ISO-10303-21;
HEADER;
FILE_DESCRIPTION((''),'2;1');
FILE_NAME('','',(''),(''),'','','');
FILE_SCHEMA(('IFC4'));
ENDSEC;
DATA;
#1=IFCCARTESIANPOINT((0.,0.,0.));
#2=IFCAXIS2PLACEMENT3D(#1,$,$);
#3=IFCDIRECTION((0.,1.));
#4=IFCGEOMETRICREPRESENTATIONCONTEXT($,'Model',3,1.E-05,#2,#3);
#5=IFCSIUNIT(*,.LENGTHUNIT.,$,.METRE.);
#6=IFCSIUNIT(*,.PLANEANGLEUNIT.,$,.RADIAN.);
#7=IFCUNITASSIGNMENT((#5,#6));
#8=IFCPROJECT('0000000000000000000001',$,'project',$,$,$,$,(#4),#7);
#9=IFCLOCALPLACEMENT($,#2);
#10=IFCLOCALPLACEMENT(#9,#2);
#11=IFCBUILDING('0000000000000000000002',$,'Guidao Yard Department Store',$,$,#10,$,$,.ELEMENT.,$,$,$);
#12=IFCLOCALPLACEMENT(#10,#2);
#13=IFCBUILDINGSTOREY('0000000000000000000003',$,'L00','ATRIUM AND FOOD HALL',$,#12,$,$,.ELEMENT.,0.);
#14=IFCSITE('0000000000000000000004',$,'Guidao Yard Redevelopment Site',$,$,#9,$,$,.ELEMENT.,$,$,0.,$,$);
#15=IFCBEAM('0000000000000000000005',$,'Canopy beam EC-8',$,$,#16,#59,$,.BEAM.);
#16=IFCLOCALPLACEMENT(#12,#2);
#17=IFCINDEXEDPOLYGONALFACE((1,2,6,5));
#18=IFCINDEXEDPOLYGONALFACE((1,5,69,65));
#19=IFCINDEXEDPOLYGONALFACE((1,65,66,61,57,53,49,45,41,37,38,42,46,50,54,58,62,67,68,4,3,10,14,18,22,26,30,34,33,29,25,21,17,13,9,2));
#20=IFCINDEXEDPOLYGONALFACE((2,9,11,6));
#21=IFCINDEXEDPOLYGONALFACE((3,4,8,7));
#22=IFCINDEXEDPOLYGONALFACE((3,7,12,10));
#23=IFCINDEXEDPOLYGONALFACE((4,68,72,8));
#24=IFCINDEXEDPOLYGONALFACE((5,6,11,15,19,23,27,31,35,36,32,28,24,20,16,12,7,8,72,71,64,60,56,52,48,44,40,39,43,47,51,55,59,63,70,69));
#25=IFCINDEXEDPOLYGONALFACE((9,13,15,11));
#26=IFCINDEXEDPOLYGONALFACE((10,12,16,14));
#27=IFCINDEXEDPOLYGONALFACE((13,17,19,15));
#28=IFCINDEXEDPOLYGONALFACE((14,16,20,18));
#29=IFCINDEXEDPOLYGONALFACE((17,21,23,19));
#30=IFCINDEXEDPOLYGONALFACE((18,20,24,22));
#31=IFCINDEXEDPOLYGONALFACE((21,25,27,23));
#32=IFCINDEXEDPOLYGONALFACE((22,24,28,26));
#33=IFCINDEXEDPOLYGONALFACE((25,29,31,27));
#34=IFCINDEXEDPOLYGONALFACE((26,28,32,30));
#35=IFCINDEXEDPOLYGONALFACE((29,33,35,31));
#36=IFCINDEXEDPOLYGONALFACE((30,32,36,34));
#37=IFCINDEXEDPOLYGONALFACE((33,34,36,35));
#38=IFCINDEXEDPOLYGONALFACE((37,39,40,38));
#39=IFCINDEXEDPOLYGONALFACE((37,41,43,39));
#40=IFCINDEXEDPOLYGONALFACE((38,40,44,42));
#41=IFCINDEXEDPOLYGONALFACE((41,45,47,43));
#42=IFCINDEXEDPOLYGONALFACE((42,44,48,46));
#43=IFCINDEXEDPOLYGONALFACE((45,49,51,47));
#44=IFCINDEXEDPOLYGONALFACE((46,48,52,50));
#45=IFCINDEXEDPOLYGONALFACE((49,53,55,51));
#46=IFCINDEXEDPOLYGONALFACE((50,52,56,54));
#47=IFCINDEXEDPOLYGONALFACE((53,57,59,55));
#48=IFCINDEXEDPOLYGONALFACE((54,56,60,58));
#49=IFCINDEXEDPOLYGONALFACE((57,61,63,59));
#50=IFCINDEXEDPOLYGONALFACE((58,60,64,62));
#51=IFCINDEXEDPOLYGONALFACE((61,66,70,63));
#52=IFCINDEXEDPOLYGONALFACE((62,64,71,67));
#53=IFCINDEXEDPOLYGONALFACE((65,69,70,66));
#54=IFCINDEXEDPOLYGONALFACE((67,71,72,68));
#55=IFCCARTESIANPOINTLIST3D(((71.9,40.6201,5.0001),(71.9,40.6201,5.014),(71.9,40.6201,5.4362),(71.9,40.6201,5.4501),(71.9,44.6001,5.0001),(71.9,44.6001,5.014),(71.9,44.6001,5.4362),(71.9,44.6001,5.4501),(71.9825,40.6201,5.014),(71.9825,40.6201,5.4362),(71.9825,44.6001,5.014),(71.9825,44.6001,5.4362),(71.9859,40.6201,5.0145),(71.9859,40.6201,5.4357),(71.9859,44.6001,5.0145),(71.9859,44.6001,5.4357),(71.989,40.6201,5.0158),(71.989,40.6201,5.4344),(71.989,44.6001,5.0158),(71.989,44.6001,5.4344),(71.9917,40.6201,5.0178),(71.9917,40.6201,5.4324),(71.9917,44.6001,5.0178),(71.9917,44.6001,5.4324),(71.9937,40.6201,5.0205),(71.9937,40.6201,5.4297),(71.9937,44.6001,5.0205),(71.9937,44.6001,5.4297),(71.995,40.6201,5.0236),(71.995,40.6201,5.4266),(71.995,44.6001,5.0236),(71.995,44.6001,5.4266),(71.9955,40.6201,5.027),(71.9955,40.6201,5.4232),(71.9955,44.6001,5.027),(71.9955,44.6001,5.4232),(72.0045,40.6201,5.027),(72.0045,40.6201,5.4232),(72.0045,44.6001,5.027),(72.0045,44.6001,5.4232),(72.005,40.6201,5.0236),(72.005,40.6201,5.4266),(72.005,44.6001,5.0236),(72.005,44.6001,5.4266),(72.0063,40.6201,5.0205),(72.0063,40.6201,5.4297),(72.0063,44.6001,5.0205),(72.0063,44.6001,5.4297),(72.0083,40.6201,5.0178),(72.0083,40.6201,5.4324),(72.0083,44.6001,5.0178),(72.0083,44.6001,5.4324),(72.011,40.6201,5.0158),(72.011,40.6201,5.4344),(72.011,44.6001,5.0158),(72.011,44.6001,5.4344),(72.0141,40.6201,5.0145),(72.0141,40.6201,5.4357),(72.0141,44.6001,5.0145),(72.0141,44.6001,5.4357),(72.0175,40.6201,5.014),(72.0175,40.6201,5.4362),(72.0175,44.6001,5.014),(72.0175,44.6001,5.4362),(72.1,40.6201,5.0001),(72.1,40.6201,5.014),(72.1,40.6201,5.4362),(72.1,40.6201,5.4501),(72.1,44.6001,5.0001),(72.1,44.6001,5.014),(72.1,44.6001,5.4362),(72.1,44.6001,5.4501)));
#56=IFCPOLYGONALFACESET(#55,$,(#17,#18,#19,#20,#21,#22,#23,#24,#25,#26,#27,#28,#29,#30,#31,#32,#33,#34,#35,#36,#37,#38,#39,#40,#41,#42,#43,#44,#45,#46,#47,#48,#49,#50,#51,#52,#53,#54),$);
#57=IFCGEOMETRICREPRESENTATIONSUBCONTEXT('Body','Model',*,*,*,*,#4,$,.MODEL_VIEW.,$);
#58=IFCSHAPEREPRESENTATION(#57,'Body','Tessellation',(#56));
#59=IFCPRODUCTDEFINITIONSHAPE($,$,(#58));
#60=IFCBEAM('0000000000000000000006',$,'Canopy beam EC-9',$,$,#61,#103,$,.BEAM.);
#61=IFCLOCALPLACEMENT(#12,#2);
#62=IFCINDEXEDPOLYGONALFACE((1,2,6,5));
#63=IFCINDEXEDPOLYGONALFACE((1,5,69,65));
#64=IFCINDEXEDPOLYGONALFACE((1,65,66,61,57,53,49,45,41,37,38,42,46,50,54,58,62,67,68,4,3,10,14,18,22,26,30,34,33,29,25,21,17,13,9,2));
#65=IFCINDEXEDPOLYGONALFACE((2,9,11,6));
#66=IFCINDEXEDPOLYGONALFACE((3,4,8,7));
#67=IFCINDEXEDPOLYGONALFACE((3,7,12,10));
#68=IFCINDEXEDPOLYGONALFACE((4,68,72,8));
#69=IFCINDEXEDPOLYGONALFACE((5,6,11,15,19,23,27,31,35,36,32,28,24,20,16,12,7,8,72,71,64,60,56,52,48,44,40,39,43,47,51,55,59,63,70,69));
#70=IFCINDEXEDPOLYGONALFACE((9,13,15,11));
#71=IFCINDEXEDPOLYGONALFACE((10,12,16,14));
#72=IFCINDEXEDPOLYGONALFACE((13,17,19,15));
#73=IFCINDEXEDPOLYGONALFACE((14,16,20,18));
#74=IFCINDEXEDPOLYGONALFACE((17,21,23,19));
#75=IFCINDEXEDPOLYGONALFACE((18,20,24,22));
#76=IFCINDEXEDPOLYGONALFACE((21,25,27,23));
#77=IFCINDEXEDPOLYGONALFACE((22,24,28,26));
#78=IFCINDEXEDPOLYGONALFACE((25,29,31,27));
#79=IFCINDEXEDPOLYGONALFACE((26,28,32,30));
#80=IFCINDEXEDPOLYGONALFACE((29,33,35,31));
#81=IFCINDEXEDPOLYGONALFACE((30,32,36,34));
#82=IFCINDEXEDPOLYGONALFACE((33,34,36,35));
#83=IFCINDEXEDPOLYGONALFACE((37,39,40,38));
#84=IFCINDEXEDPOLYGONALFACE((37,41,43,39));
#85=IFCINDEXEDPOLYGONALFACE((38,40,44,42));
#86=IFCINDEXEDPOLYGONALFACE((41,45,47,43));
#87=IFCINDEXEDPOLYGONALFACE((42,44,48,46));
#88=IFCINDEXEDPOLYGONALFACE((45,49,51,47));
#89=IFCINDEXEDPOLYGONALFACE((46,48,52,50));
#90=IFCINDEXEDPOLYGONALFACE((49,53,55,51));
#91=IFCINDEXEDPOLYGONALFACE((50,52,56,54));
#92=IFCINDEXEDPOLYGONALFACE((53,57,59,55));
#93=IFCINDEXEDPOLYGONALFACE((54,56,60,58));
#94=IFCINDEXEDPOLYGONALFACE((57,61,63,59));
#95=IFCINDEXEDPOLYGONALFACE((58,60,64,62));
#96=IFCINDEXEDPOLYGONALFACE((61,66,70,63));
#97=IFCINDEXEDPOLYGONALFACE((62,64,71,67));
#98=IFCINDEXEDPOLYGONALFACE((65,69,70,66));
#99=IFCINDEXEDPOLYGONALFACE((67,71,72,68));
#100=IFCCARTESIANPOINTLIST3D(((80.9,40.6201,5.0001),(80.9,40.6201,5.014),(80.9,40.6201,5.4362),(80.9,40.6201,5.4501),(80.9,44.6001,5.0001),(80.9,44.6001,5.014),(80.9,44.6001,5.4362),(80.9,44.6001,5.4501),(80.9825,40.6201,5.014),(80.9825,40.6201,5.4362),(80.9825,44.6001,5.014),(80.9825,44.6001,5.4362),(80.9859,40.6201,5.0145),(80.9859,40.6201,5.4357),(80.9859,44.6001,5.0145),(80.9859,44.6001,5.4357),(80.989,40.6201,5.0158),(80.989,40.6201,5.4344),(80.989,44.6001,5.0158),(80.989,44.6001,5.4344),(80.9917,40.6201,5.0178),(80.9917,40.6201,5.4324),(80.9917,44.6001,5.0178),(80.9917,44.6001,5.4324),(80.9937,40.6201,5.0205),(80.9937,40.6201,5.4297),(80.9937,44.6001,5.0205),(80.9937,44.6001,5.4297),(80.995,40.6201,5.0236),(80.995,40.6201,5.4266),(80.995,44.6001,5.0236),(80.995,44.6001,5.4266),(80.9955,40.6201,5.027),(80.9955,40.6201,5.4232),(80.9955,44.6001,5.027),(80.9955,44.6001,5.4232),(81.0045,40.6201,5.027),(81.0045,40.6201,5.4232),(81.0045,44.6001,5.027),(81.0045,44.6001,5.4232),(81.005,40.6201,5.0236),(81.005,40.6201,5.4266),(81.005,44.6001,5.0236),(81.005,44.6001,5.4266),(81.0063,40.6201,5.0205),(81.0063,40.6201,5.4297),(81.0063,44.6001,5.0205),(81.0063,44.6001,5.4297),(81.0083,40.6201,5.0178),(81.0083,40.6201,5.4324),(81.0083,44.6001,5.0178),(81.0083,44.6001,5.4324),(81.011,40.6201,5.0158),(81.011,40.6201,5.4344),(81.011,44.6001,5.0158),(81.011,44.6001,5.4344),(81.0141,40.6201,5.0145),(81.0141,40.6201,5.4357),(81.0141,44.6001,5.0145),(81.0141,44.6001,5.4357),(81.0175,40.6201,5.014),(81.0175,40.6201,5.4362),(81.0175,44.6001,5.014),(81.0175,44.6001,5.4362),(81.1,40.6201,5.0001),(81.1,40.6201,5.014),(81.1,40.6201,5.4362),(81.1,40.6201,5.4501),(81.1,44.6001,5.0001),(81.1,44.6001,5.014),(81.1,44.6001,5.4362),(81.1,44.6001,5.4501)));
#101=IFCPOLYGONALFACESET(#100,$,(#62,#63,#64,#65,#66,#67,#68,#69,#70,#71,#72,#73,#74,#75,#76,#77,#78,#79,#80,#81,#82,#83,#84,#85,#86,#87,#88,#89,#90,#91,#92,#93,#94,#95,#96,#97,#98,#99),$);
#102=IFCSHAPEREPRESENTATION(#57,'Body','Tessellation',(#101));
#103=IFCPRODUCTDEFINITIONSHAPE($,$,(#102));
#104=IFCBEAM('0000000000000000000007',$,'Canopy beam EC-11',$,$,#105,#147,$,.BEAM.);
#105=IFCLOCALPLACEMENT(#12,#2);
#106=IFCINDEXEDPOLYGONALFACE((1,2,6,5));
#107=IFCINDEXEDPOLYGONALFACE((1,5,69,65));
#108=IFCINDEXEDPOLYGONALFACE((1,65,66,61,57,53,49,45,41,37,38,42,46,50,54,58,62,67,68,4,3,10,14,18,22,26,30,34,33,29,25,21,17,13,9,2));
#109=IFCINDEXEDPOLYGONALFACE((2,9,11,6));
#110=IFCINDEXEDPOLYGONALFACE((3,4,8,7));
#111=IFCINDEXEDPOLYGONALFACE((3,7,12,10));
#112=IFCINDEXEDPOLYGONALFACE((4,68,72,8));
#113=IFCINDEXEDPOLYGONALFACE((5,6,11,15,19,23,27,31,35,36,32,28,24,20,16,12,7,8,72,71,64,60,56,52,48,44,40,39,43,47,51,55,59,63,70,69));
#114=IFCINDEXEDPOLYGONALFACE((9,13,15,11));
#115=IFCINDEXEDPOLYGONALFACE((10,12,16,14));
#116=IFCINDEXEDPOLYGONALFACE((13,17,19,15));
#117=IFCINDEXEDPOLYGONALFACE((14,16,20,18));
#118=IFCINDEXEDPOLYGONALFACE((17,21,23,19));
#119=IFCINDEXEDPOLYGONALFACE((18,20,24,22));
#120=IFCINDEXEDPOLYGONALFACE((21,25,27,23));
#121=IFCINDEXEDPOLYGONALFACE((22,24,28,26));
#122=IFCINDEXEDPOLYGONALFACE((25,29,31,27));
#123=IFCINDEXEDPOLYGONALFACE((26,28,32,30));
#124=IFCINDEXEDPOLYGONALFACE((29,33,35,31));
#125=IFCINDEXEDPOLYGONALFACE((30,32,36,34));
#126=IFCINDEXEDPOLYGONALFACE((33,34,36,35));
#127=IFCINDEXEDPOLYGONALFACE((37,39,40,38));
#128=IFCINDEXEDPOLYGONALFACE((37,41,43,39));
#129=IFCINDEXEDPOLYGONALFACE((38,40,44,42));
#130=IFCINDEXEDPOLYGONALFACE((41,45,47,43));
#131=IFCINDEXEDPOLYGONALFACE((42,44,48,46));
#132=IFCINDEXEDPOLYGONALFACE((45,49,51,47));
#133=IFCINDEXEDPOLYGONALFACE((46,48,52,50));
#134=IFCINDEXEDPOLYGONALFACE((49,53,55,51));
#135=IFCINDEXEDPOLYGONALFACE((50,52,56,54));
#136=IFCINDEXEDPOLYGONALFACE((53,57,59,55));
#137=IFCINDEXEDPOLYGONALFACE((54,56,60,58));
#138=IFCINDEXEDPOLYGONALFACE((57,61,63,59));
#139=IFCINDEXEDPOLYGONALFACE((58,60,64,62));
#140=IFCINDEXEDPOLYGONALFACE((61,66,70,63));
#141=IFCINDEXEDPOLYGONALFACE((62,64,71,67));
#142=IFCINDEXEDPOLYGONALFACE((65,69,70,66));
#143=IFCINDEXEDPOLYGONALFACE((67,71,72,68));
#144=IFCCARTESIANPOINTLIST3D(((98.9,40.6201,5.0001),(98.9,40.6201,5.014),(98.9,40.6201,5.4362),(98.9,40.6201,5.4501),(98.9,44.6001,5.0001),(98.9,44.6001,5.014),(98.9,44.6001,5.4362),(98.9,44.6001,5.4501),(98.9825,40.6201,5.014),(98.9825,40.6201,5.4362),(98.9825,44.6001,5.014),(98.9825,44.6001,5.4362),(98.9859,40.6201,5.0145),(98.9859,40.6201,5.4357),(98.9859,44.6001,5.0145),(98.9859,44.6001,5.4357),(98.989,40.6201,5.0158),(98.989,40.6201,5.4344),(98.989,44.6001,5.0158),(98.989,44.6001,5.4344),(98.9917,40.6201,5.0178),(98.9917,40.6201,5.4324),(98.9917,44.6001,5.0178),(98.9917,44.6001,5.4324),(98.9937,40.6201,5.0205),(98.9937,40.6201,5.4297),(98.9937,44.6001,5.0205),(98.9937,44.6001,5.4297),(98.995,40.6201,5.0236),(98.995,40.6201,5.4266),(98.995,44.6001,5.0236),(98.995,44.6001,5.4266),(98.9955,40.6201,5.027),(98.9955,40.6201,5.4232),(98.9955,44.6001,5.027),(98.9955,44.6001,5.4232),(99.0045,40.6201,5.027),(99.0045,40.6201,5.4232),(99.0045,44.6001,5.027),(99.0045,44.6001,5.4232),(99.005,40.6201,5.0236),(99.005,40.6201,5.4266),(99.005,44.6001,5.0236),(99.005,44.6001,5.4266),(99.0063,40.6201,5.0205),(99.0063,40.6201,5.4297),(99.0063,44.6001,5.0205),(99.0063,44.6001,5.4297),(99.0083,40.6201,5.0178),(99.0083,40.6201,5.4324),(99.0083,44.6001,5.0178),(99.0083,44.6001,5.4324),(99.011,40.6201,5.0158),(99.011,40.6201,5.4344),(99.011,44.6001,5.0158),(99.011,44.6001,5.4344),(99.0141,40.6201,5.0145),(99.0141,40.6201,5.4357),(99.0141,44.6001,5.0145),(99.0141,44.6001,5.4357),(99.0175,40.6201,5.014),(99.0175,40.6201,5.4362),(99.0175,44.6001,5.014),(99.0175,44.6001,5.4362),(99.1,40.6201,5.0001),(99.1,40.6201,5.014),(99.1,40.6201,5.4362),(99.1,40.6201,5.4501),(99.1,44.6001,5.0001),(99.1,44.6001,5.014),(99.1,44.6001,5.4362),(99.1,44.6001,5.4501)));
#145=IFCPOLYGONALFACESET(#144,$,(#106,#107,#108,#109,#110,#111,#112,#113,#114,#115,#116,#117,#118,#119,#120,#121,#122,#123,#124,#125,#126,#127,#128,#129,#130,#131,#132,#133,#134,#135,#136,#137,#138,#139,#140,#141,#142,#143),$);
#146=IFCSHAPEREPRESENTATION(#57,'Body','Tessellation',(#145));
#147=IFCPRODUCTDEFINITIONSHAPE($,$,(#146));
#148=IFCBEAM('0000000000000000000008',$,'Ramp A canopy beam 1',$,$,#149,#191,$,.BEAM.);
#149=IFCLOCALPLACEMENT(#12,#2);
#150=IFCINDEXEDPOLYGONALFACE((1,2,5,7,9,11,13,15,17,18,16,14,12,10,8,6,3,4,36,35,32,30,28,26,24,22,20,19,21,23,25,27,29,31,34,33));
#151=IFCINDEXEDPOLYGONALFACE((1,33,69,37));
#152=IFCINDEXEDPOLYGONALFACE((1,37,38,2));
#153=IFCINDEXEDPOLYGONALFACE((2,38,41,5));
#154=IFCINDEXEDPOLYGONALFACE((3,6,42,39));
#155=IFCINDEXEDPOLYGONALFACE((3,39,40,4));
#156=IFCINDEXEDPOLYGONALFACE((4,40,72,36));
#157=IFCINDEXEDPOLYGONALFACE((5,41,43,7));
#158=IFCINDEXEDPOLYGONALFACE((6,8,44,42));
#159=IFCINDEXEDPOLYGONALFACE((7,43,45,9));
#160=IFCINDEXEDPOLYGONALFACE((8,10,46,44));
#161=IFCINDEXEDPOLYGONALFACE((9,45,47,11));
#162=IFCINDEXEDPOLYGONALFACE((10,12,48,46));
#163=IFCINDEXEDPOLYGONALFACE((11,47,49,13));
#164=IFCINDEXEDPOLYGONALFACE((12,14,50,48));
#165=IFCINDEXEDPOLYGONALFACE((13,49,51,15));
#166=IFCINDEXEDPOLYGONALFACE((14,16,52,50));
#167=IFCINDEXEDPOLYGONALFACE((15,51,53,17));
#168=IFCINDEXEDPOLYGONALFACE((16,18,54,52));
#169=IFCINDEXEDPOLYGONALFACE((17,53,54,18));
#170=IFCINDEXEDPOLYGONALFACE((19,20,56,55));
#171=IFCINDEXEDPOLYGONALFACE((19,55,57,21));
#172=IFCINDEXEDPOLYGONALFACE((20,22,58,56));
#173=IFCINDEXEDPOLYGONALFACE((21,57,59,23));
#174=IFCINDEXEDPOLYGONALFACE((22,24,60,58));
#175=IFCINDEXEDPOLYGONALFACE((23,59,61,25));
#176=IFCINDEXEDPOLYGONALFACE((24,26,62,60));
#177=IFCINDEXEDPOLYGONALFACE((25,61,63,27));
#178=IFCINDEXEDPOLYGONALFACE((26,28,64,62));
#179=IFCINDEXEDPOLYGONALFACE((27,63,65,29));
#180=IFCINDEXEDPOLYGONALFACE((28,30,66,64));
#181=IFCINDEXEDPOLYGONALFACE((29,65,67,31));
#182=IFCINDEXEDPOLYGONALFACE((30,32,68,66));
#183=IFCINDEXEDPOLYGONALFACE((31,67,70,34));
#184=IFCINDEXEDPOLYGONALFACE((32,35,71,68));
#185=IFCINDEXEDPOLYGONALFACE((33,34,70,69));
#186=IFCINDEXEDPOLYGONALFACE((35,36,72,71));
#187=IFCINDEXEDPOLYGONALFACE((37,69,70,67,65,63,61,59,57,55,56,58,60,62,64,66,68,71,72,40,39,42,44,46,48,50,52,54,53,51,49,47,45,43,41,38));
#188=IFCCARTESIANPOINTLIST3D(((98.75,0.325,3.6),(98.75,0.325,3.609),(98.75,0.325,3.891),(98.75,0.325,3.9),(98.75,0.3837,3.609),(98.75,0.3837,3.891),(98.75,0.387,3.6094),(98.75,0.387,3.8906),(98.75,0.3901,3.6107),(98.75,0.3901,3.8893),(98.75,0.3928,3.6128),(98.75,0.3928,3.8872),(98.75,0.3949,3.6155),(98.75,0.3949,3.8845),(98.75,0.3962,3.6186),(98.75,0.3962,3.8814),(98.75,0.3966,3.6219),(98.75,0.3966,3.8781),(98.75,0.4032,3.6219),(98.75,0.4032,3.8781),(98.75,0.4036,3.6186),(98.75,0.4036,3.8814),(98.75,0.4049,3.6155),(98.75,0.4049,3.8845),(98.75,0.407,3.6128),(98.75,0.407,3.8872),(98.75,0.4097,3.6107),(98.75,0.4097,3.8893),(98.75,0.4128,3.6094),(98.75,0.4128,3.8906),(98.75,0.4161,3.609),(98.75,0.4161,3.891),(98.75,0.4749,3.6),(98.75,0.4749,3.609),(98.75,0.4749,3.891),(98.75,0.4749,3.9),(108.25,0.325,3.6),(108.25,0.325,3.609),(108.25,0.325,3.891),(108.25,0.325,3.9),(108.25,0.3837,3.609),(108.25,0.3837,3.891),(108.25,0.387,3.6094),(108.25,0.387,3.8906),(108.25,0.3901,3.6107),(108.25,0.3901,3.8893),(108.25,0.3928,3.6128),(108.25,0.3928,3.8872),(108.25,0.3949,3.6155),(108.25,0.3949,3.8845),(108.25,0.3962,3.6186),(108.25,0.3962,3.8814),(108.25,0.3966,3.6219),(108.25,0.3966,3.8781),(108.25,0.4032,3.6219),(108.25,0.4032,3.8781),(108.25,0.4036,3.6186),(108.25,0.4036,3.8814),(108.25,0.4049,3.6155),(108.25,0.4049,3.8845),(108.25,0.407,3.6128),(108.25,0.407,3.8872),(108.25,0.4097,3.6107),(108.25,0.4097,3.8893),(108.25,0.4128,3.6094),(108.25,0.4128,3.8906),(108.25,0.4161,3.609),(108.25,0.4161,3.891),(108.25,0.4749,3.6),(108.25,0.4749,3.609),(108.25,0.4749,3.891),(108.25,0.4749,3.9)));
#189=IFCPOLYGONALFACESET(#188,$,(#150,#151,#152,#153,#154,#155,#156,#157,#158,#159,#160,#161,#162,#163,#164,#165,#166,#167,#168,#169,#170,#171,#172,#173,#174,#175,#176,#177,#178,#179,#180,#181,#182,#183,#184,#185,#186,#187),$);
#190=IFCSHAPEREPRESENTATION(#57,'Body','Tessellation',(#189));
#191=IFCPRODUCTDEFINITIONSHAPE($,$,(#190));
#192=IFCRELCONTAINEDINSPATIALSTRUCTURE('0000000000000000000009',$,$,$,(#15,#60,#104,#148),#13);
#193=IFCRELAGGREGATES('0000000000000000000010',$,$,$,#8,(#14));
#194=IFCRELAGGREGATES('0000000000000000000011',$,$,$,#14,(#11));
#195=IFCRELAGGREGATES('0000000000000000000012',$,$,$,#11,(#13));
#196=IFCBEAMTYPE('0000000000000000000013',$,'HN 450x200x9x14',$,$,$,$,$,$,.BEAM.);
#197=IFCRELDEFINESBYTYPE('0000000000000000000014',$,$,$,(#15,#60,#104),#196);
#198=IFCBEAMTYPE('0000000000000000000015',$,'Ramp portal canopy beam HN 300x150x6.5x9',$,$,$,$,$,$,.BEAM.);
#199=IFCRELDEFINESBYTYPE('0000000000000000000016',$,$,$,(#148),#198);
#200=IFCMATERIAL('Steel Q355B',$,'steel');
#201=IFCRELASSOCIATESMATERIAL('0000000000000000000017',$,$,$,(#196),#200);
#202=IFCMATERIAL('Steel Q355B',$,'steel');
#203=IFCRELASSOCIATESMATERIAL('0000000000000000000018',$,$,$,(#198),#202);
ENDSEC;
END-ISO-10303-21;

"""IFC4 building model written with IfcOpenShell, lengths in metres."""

from ifc_helpers import new_model, si_unit, direction, frame, origin, origin_2d, place, context, subcontext, project, spatial, i_section, extrude, material, material_profile, profile_set, type_object, element, save


model = new_model("IFC4")

# Units and contexts
model_context = context("Model", 3, precision=1e-05, world=origin(), true_north=direction((0.0, 1.0)))
body_context = subcontext(model_context, "Body", "Model", "MODEL_VIEW")
ifc_project = project(units=[si_unit("LENGTHUNIT", "METRE"), si_unit("PLANEANGLEUNIT", "RADIAN")], contexts=[model_context])

# Site, building, storey
site_placement = place(None, origin())
site = spatial("IfcSite", under=ifc_project, at=site_placement, Name="Guidao Yard Redevelopment Site", CompositionType="ELEMENT", RefElevation=0.0)
building_placement = place(site_placement, origin())
building = spatial("IfcBuilding", under=site, at=building_placement, Name="Guidao Yard Department Store", CompositionType="ELEMENT")
storey_placement = place(building_placement, origin())
storey = spatial("IfcBuildingStorey", under=building, at=storey_placement, Name="L00", Description="ATRIUM AND FOOD HALL", CompositionType="ELEMENT", Elevation=0.0)

# Beams
ifc_material_1 = material(Name="Steel Q355B", Category="steel")
ifc_material_profile_1 = material_profile(ifc_material_1, i_section(OverallWidth=0.2, OverallDepth=0.45, WebThickness=0.009, FlangeThickness=0.0139, FilletRadius=0.0129, at=origin_2d()), Name="HN 450x200x9x14")
ifc_profile_set_1 = profile_set([ifc_material_profile_1], Name="Steel Q355B")
beam_type_1 = type_object("IfcBeamType", Name="HN 450x200x9x14", PredefinedType="BEAM", material=ifc_profile_set_1)
for number, where, z_axis, x_axis, name in (
    (1, (72.0, 40.6201, 5.2251), (0.0, 1.0, 0.0), (-1.0, 0.0, 0.0), "Canopy beam EC-8"),
    (2, (81.0, 40.6201, 5.2251), (0.0, 1.0, 0.0), (-1.0, 0.0, 0.0), "Canopy beam EC-9"),
    (3, (99.0, 40.6201, 5.2251), (0.0, 1.0, 0.0), (-1.0, 0.0, 0.0), "Canopy beam EC-11"),
):
    element("IfcBeam", number, at=place(storey_placement, frame(where, z_axis=z_axis, x_axis=x_axis)), inside=storey, type_object=beam_type_1, Name=name, PredefinedType="BEAM", context=body_context, shape_type="SweptSolid", body=[
        extrude(i_section(OverallWidth=0.2, OverallDepth=0.45, WebThickness=0.009, FlangeThickness=0.0139, FilletRadius=0.0129, at=origin_2d()), origin(), (0.0, 0.0, 1.0), 3.98),
    ])
ifc_material_2 = material(Name="Steel Q355B", Category="steel")
ifc_material_profile_2 = material_profile(ifc_material_2, i_section(OverallWidth=0.1499, OverallDepth=0.3, WebThickness=0.0066, FlangeThickness=0.009, FilletRadius=0.0129, at=origin_2d()), Name="HN 300x150x6.5x9")
ifc_profile_set_2 = profile_set([ifc_material_profile_2], Name="Steel Q355B")
beam_type_2 = type_object("IfcBeamType", Name="Ramp portal canopy beam HN 300x150x6.5x9", PredefinedType="BEAM", material=ifc_profile_set_2)
for number, where, z_axis, x_axis, name in (
    (4, (98.75, 0.3999, 3.75), (1.0, 0.0, 0.0), (0.0, 1.0, 0.0), "Ramp A canopy beam 1"),
):
    element("IfcBeam", number, at=place(storey_placement, frame(where, z_axis=z_axis, x_axis=x_axis)), inside=storey, type_object=beam_type_2, Name=name, PredefinedType="BEAM", context=body_context, shape_type="SweptSolid", body=[
        extrude(i_section(OverallWidth=0.1499, OverallDepth=0.3, WebThickness=0.0066, FlangeThickness=0.009, FilletRadius=0.0129, at=origin_2d()), origin(), (0.0, 0.0, 1.0), 9.5),
    ])

save(model, "model.ifc")
